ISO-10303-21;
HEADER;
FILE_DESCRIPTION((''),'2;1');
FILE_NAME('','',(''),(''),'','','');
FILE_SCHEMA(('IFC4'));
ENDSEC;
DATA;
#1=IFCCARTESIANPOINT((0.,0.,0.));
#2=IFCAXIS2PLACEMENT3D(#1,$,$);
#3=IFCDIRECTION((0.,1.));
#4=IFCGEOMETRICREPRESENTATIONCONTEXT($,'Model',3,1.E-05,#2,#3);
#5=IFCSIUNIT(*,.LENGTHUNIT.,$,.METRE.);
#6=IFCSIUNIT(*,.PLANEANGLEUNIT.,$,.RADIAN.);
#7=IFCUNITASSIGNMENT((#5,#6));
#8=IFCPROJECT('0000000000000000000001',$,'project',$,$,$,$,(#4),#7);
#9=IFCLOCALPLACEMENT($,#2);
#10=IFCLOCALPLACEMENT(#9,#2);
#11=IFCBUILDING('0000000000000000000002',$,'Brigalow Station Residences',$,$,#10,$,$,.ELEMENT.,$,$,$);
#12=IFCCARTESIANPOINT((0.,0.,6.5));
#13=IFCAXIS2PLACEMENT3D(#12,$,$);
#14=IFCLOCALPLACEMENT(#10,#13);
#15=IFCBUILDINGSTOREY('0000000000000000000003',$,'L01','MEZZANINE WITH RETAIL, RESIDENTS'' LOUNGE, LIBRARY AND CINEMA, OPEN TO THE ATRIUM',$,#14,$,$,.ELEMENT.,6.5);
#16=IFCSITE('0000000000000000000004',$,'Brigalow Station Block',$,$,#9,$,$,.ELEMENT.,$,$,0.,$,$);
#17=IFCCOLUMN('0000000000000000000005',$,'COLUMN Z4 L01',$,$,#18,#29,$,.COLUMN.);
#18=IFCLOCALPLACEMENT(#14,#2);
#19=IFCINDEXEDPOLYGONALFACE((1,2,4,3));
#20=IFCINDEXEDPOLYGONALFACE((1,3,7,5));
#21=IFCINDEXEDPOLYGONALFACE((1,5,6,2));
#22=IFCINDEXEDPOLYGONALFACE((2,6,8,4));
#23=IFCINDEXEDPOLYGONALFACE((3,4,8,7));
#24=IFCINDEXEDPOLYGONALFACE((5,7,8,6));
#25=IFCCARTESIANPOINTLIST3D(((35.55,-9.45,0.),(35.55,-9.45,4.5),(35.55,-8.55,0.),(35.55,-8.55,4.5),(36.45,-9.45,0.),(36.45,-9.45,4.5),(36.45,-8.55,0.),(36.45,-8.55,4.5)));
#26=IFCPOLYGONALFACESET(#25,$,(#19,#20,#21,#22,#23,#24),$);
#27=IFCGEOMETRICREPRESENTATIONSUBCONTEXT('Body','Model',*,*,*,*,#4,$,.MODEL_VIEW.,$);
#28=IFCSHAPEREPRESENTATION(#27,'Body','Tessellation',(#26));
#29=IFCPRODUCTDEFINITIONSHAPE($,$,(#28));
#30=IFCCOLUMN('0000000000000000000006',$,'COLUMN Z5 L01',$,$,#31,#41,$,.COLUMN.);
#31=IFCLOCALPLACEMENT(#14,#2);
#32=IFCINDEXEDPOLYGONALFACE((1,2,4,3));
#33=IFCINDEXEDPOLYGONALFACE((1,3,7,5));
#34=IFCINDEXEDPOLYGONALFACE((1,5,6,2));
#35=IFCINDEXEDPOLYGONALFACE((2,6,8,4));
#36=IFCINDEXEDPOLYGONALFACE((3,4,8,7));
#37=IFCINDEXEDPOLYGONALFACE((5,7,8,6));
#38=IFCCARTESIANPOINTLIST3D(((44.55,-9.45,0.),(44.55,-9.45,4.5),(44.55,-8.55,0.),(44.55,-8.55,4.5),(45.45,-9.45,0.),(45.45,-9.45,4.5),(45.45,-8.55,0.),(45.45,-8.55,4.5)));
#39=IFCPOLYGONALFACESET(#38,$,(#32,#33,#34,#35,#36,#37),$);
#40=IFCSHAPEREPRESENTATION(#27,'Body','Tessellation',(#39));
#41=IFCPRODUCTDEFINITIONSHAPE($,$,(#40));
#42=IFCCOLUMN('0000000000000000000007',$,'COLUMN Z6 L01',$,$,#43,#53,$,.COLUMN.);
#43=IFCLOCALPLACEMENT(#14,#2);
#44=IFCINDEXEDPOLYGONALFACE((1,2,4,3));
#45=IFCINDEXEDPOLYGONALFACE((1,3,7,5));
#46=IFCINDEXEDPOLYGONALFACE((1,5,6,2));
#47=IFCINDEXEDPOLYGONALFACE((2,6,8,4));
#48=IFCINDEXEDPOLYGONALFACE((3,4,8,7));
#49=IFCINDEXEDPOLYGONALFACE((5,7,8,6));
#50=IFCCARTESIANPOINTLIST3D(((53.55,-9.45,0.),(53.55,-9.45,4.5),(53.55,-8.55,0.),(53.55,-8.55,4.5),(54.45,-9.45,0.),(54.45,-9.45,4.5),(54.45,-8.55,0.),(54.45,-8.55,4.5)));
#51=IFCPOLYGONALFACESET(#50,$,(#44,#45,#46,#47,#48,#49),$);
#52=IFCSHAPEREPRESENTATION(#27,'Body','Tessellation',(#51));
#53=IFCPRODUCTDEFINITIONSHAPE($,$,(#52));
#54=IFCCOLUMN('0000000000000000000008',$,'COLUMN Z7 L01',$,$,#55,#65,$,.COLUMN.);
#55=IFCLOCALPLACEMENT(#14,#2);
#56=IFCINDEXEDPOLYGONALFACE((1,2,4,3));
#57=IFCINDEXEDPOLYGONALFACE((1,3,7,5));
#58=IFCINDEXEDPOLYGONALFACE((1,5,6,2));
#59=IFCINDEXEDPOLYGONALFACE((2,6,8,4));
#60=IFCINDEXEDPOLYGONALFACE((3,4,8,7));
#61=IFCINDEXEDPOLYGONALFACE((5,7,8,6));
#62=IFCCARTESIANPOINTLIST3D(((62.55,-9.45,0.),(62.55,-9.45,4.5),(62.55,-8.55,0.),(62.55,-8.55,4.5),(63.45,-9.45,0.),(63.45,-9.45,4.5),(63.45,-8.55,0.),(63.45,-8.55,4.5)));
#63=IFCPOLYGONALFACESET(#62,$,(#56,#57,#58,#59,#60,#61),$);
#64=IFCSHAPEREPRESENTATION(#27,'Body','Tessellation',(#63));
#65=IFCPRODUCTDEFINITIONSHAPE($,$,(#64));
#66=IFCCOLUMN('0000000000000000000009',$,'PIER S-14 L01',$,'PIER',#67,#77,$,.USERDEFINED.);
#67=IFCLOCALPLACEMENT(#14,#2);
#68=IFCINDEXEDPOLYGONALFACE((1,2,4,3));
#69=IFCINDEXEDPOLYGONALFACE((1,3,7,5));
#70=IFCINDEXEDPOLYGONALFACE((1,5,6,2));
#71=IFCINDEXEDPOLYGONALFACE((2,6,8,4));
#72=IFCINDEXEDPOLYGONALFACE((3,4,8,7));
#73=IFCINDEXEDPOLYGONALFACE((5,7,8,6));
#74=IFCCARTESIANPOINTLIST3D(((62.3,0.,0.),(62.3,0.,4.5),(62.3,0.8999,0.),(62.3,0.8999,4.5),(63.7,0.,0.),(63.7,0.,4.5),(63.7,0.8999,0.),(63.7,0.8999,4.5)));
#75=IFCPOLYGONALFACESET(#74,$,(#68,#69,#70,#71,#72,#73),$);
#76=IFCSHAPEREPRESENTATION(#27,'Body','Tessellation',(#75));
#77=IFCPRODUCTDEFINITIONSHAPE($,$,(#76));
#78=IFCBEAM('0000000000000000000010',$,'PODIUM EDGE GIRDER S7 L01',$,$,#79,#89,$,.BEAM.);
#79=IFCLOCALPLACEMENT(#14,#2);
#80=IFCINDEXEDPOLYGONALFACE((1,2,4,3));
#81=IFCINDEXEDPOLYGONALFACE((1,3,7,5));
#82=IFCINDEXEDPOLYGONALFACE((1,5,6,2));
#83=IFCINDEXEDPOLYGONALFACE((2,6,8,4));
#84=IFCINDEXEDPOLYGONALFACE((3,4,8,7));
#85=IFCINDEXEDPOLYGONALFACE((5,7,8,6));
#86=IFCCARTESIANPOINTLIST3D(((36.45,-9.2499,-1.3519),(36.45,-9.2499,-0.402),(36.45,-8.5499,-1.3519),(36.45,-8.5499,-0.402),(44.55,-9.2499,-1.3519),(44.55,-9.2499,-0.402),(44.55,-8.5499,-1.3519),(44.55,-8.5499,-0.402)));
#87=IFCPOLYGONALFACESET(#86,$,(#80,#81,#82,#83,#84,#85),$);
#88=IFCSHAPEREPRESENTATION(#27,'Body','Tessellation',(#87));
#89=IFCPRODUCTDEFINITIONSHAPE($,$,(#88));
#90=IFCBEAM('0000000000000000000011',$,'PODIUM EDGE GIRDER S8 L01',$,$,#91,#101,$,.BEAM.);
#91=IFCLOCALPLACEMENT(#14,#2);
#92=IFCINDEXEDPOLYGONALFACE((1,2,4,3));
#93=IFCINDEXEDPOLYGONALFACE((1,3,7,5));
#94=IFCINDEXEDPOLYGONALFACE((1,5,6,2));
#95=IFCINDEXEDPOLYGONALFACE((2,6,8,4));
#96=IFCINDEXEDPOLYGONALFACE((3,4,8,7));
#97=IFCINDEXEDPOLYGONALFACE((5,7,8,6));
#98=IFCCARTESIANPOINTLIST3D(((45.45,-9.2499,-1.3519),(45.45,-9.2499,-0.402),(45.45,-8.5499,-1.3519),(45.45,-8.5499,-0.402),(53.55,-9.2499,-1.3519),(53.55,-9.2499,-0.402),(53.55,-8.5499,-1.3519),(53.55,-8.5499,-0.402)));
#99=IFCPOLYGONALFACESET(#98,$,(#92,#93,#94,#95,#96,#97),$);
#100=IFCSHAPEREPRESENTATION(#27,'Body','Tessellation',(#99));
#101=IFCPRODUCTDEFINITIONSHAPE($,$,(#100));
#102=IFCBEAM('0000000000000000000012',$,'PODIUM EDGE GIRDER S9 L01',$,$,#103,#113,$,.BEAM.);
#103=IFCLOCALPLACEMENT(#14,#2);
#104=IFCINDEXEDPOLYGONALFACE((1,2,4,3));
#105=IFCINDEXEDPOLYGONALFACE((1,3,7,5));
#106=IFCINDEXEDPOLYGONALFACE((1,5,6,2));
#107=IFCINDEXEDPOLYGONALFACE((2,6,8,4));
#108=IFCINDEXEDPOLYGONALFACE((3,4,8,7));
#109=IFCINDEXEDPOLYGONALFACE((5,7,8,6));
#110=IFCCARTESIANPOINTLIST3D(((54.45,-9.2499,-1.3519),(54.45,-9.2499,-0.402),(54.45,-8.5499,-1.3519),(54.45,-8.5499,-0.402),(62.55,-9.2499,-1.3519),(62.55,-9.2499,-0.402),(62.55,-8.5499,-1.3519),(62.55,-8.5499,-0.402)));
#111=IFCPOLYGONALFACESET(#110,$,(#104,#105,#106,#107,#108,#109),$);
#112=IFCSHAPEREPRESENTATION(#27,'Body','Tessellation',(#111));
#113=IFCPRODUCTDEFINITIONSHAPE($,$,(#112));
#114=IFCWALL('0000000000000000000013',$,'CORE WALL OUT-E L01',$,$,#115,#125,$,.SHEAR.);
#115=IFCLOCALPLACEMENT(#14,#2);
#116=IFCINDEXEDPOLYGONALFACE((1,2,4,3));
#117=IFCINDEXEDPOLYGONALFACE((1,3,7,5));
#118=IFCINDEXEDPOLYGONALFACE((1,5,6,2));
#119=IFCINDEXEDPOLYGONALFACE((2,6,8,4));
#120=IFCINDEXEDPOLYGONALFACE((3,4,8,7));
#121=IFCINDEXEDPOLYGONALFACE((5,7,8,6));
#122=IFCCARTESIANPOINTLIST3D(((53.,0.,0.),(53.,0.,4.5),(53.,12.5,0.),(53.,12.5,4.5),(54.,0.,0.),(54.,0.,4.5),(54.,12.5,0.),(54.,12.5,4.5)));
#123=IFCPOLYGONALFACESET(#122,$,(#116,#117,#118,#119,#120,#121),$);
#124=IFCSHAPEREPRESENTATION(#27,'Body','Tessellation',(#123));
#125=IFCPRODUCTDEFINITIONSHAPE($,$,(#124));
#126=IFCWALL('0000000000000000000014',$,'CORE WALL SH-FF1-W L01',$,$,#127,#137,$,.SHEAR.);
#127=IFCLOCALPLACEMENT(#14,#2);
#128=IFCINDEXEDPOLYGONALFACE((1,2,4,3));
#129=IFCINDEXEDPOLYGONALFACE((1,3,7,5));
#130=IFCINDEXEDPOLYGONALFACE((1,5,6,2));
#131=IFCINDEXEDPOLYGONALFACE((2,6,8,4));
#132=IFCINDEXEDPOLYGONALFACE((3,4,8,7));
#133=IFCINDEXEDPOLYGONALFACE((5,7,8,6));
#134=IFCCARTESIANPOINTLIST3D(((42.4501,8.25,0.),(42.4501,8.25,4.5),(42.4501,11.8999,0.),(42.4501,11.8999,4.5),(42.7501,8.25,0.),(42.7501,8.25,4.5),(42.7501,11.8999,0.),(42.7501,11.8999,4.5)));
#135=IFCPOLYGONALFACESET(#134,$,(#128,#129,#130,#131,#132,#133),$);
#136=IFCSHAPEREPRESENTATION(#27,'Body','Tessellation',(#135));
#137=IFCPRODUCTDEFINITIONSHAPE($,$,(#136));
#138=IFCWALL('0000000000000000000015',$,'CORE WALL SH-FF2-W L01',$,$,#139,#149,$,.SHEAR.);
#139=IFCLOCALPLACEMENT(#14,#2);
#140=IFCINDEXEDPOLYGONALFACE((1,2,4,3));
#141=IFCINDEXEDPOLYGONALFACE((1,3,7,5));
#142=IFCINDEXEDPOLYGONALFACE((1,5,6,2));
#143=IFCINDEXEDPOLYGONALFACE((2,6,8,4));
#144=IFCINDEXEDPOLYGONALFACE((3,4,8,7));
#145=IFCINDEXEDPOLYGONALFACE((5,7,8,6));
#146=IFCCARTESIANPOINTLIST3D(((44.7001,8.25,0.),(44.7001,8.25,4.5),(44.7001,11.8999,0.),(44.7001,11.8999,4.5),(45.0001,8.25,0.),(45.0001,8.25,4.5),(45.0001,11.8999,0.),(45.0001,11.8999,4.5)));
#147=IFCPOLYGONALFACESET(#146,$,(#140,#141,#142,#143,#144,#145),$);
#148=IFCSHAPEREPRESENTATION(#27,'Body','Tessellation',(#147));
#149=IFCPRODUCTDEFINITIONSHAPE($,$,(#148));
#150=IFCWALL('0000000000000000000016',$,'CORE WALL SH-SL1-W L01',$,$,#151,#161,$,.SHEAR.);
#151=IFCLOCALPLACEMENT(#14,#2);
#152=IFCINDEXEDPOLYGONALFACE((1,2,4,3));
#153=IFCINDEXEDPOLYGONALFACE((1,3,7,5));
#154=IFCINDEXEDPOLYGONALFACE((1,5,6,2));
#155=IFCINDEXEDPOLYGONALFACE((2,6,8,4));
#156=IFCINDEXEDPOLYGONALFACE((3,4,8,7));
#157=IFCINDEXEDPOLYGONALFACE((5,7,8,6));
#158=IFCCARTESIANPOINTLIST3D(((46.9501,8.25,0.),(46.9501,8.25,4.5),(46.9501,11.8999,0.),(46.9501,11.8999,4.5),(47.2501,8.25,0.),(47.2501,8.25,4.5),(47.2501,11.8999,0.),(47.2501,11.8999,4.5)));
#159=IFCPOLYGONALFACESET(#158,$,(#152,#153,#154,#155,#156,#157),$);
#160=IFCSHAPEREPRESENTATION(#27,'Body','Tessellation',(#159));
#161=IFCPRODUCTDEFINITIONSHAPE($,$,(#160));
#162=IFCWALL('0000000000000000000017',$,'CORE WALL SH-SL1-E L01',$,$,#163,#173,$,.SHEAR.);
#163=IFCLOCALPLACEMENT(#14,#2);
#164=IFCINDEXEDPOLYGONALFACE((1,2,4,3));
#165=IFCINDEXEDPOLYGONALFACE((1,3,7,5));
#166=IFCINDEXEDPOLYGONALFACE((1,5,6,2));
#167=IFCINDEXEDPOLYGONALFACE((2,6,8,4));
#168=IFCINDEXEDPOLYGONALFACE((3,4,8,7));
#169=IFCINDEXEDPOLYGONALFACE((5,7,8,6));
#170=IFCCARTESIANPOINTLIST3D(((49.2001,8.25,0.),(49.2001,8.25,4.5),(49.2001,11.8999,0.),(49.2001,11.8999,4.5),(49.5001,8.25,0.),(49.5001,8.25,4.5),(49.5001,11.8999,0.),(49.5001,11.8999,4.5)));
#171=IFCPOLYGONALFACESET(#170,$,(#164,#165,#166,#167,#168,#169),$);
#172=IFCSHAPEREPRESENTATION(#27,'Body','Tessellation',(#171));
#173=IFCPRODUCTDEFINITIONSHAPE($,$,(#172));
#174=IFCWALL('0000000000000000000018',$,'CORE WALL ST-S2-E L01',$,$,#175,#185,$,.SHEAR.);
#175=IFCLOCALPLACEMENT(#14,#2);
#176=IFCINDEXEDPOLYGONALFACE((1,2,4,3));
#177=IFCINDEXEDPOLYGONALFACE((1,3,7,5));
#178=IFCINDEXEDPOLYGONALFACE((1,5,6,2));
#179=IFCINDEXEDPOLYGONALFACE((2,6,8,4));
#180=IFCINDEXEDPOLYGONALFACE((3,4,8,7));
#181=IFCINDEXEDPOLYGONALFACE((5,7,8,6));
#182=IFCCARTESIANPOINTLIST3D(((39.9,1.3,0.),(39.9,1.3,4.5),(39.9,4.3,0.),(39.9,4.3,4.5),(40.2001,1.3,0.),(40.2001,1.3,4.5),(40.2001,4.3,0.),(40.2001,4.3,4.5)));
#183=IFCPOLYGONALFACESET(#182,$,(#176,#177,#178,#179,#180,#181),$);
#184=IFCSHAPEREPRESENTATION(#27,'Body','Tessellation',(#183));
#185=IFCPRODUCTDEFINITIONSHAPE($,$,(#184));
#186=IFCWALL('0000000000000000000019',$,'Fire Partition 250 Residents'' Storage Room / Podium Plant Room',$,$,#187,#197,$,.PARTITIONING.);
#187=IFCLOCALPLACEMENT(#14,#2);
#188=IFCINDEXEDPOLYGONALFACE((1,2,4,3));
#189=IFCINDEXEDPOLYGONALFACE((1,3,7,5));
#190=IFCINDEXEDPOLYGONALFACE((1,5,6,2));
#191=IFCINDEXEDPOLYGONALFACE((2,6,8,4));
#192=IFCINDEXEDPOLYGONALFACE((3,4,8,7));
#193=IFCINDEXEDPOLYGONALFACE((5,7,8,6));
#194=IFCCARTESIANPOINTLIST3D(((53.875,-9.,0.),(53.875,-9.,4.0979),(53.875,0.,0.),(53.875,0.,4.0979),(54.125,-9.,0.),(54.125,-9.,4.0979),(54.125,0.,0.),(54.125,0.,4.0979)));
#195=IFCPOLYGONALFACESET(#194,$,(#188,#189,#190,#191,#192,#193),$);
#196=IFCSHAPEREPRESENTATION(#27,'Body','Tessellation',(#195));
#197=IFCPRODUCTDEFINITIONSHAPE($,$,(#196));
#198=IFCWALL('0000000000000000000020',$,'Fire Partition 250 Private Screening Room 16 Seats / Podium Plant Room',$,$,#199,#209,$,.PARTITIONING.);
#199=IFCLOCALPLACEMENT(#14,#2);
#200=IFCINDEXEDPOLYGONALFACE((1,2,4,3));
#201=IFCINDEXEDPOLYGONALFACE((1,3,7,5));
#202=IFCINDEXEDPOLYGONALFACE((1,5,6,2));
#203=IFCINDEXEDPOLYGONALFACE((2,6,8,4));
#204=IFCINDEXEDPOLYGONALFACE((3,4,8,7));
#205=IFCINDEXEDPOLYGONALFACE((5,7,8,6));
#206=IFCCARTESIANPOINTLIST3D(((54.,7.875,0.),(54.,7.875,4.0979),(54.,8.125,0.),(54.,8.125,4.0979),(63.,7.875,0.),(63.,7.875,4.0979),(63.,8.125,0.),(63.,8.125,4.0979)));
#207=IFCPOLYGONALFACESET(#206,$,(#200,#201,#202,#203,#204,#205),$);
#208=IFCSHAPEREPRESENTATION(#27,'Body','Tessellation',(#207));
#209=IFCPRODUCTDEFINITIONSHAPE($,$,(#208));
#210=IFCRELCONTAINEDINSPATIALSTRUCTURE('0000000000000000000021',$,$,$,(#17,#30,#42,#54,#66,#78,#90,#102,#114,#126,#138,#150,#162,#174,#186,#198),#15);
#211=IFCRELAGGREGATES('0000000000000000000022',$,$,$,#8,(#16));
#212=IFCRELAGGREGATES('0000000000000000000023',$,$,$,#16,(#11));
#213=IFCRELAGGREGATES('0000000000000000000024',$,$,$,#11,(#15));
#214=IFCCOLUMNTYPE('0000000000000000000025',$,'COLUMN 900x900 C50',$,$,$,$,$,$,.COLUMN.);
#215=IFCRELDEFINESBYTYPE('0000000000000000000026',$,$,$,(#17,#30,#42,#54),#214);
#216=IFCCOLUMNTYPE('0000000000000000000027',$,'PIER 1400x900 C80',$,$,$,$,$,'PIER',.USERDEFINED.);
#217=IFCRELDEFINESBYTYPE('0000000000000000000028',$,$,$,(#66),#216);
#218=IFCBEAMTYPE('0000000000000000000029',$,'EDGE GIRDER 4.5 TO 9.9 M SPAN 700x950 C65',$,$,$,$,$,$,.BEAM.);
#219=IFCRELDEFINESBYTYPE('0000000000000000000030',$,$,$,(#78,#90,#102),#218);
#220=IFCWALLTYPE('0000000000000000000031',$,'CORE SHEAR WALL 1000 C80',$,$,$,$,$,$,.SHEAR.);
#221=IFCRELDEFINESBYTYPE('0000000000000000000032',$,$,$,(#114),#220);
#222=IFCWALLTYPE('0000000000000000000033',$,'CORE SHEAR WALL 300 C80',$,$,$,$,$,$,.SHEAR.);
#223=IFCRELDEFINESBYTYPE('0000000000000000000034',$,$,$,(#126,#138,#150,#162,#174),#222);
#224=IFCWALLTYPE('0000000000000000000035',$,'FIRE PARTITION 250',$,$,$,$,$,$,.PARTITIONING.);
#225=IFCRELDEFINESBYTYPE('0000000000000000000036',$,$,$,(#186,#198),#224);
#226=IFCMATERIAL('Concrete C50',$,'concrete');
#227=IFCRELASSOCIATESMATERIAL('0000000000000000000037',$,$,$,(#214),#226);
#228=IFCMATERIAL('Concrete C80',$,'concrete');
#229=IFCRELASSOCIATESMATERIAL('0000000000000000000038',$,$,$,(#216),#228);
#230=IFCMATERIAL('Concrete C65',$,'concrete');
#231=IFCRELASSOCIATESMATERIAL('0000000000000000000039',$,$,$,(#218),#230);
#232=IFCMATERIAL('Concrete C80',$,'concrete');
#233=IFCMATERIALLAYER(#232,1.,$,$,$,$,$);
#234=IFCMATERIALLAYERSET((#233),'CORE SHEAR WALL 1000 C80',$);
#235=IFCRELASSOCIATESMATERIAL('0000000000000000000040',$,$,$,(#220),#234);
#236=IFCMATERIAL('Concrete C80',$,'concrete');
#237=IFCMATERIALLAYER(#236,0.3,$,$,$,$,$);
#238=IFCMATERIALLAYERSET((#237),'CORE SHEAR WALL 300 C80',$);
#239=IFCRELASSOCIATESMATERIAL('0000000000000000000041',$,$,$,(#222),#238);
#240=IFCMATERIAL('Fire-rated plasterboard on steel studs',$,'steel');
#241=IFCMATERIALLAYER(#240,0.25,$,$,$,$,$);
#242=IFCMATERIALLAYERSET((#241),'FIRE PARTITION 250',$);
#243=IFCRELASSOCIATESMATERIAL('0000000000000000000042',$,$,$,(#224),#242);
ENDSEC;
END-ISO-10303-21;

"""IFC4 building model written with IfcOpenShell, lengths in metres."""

from ifc_helpers import new_model, si_unit, direction, frame, frame_2d, origin, origin_2d, place, context, subcontext, project, spatial, rectangle, extrude, material, layer, layer_set, material_profile, profile_set, type_object, element, save


model = new_model("IFC4")

# Units and contexts
model_context = context("Model", 3, precision=1e-05, world=origin(), true_north=direction((0.0, 1.0)))
body_context = subcontext(model_context, "Body", "Model", "MODEL_VIEW")
ifc_project = project(units=[si_unit("LENGTHUNIT", "METRE"), si_unit("PLANEANGLEUNIT", "RADIAN")], contexts=[model_context])

# Site, building, storey
site_placement = place(None, origin())
site = spatial("IfcSite", under=ifc_project, at=site_placement, Name="Brigalow Station Block", CompositionType="ELEMENT", RefElevation=0.0)
building_placement = place(site_placement, origin())
building = spatial("IfcBuilding", under=site, at=building_placement, Name="Brigalow Station Residences", CompositionType="ELEMENT")
storey_placement = place(building_placement, frame((0.0, 0.0, 6.5)))
storey = spatial("IfcBuildingStorey", under=building, at=storey_placement, Name="L01", Description="MEZZANINE WITH RETAIL, RESIDENTS' LOUNGE, LIBRARY AND CINEMA, OPEN TO THE ATRIUM", CompositionType="ELEMENT", Elevation=6.5)

# Columns
ifc_material_1 = material(Name="Concrete C50", Category="concrete")
ifc_material_profile_1 = material_profile(ifc_material_1, rectangle(XDim=0.8999, YDim=0.8999, at=origin_2d()), Name="RC900x900")
ifc_profile_set_1 = profile_set([ifc_material_profile_1], Name="Concrete C50")
column_type_1 = type_object("IfcColumnType", Name="COLUMN 900x900 C50", PredefinedType="COLUMN", material=ifc_profile_set_1)
for number, where, z_axis, x_axis, name in (
    (1, (36.0, -9.0, 0.0), (0.0, 0.0, 1.0), (1.0, 0.0, 0.0), "COLUMN Z4 L01"),
    (2, (45.0, -9.0, 0.0), (0.0, 0.0, 1.0), (1.0, 0.0, 0.0), "COLUMN Z5 L01"),
    (3, (54.0, -9.0, 0.0), (0.0, 0.0, 1.0), (1.0, 0.0, 0.0), "COLUMN Z6 L01"),
    (4, (63.0, -9.0, 0.0), (0.0, 0.0, 1.0), (1.0, 0.0, 0.0), "COLUMN Z7 L01"),
):
    element("IfcColumn", number, at=place(storey_placement, frame(where, z_axis=z_axis, x_axis=x_axis)), inside=storey, type_object=column_type_1, Name=name, PredefinedType="COLUMN", context=body_context, shape_type="SweptSolid", body=[
        extrude(rectangle(XDim=0.8999, YDim=0.8999, at=origin_2d()), origin(), (0.0, 0.0, 1.0), 4.5),
    ])
ifc_material_2 = material(Name="Concrete C80", Category="concrete")
ifc_material_profile_2 = material_profile(ifc_material_2, rectangle(XDim=1.3999, YDim=0.8999, at=origin_2d()), Name="RC1400x900")
ifc_profile_set_2 = profile_set([ifc_material_profile_2], Name="Concrete C80")
column_type_2 = type_object("IfcColumnType", Name="PIER 1400x900 C80", ElementType="PIER", PredefinedType="USERDEFINED", material=ifc_profile_set_2)
column_placement = place(storey_placement, frame((63.0, 0.45, 0.0), z_axis=(0.0, 0.0, 1.0), x_axis=(1.0, 0.0, 0.0)))
element("IfcColumn", 5, at=column_placement, inside=storey, type_object=column_type_2, Name="PIER S-14 L01", ObjectType="PIER", PredefinedType="USERDEFINED", context=body_context, shape_type="SweptSolid", body=[
    extrude(rectangle(XDim=1.3999, YDim=0.8999, at=origin_2d()), origin(), (0.0, 0.0, 1.0), 4.5),
])

# Beams
ifc_material_3 = material(Name="Concrete C65", Category="concrete")
ifc_material_profile_3 = material_profile(ifc_material_3, rectangle(XDim=0.7, YDim=0.95, at=origin_2d()), Name="RC700x950")
ifc_profile_set_3 = profile_set([ifc_material_profile_3], Name="Concrete C65")
beam_type = type_object("IfcBeamType", Name="EDGE GIRDER 4.5 TO 9.9 M SPAN 700x950 C65", PredefinedType="BEAM", material=ifc_profile_set_3)
for number, where, z_axis, x_axis, name in (
    (6, (36.45, -8.8999, -0.877), (1.0, 0.0, 0.0), (0.0, 1.0, 0.0), "PODIUM EDGE GIRDER S7 L01"),
    (7, (45.45, -8.8999, -0.877), (1.0, 0.0, 0.0), (0.0, 1.0, 0.0), "PODIUM EDGE GIRDER S8 L01"),
    (8, (54.45, -8.8999, -0.877), (1.0, 0.0, 0.0), (0.0, 1.0, 0.0), "PODIUM EDGE GIRDER S9 L01"),
):
    element("IfcBeam", number, at=place(storey_placement, frame(where, z_axis=z_axis, x_axis=x_axis)), inside=storey, type_object=beam_type, Name=name, PredefinedType="BEAM", context=body_context, shape_type="SweptSolid", body=[
        extrude(rectangle(XDim=0.7, YDim=0.95, at=origin_2d()), origin(), (0.0, 0.0, 1.0), 8.1001),
    ])

# Walls
ifc_material_4 = material(Name="Concrete C80", Category="concrete")
ifc_layer_1 = layer(ifc_material_4, 1.0)
ifc_layer_set_1 = layer_set([ifc_layer_1], Name="CORE SHEAR WALL 1000 C80")
wall_type_1 = type_object("IfcWallType", Name="CORE SHEAR WALL 1000 C80", PredefinedType="SHEAR", material=ifc_layer_set_1)
wall_1_placement = place(storey_placement, frame((53.5, 0.0, 0.0), z_axis=(0.0, 0.0, 1.0), x_axis=(0.0, 1.0, 0.0)))
element("IfcWall", 9, at=wall_1_placement, inside=storey, type_object=wall_type_1, Name="CORE WALL OUT-E L01", PredefinedType="SHEAR", context=body_context, shape_type="SweptSolid", body=[
    extrude(rectangle(XDim=12.5, YDim=1.0, at=frame_2d((6.25, 0.0))), origin(), (0.0, 0.0, 1.0), 4.5),
])
ifc_material_5 = material(Name="Concrete C80", Category="concrete")
ifc_layer_2 = layer(ifc_material_5, 0.3)
ifc_layer_set_2 = layer_set([ifc_layer_2], Name="CORE SHEAR WALL 300 C80")
wall_type_2 = type_object("IfcWallType", Name="CORE SHEAR WALL 300 C80", PredefinedType="SHEAR", material=ifc_layer_set_2)
for number, where, z_axis, x_axis, name in (
    (10, (42.6001, 8.25, 0.0), (0.0, 0.0, 1.0), (0.0, 1.0, 0.0), "CORE WALL SH-FF1-W L01"),
    (11, (44.8501, 8.25, 0.0), (0.0, 0.0, 1.0), (0.0, 1.0, 0.0), "CORE WALL SH-FF2-W L01"),
    (12, (47.1001, 8.25, 0.0), (0.0, 0.0, 1.0), (0.0, 1.0, 0.0), "CORE WALL SH-SL1-W L01"),
    (13, (49.3501, 8.25, 0.0), (0.0, 0.0, 1.0), (0.0, 1.0, 0.0), "CORE WALL SH-SL1-E L01"),
):
    element("IfcWall", number, at=place(storey_placement, frame(where, z_axis=z_axis, x_axis=x_axis)), inside=storey, type_object=wall_type_2, Name=name, PredefinedType="SHEAR", context=body_context, shape_type="SweptSolid", body=[
        extrude(rectangle(XDim=3.6499, YDim=0.3, at=frame_2d((1.825, 0.0))), origin(), (0.0, 0.0, 1.0), 4.5),
    ])
wall_2_placement = place(storey_placement, frame((40.05, 1.3, 0.0), z_axis=(0.0, 0.0, 1.0), x_axis=(0.0, 1.0, 0.0)))
element("IfcWall", 14, at=wall_2_placement, inside=storey, type_object=wall_type_2, Name="CORE WALL ST-S2-E L01", PredefinedType="SHEAR", context=body_context, shape_type="SweptSolid", body=[
    extrude(rectangle(XDim=3.0, YDim=0.3, at=frame_2d((1.5, 0.0))), origin(), (0.0, 0.0, 1.0), 4.5),
])
ifc_material_6 = material(Name="Fire-rated plasterboard on steel studs", Category="steel")
ifc_layer_3 = layer(ifc_material_6, 0.25)
ifc_layer_set_3 = layer_set([ifc_layer_3], Name="FIRE PARTITION 250")
wall_type_3 = type_object("IfcWallType", Name="FIRE PARTITION 250", PredefinedType="PARTITIONING", material=ifc_layer_set_3)
for number, where, z_axis, x_axis, name in (
    (15, (54.0, -9.0, 0.0), (0.0, 0.0, 1.0), (0.0, 1.0, 0.0), "Fire Partition 250 Residents' Storage Room / Podium Plant Room"),
    (16, (54.0, 8.0, 0.0), (0.0, 0.0, 1.0), (1.0, 0.0, 0.0), "Fire Partition 250 Private Screening Room 16 Seats / Podium Plant Room"),
):
    element("IfcWall", number, at=place(storey_placement, frame(where, z_axis=z_axis, x_axis=x_axis)), inside=storey, type_object=wall_type_3, Name=name, PredefinedType="PARTITIONING", context=body_context, shape_type="SweptSolid", body=[
        extrude(rectangle(XDim=9.0, YDim=0.25, at=frame_2d((4.5, 0.0))), origin(), (0.0, 0.0, 1.0), 4.0979),
    ])

save(model, "model.ifc")
